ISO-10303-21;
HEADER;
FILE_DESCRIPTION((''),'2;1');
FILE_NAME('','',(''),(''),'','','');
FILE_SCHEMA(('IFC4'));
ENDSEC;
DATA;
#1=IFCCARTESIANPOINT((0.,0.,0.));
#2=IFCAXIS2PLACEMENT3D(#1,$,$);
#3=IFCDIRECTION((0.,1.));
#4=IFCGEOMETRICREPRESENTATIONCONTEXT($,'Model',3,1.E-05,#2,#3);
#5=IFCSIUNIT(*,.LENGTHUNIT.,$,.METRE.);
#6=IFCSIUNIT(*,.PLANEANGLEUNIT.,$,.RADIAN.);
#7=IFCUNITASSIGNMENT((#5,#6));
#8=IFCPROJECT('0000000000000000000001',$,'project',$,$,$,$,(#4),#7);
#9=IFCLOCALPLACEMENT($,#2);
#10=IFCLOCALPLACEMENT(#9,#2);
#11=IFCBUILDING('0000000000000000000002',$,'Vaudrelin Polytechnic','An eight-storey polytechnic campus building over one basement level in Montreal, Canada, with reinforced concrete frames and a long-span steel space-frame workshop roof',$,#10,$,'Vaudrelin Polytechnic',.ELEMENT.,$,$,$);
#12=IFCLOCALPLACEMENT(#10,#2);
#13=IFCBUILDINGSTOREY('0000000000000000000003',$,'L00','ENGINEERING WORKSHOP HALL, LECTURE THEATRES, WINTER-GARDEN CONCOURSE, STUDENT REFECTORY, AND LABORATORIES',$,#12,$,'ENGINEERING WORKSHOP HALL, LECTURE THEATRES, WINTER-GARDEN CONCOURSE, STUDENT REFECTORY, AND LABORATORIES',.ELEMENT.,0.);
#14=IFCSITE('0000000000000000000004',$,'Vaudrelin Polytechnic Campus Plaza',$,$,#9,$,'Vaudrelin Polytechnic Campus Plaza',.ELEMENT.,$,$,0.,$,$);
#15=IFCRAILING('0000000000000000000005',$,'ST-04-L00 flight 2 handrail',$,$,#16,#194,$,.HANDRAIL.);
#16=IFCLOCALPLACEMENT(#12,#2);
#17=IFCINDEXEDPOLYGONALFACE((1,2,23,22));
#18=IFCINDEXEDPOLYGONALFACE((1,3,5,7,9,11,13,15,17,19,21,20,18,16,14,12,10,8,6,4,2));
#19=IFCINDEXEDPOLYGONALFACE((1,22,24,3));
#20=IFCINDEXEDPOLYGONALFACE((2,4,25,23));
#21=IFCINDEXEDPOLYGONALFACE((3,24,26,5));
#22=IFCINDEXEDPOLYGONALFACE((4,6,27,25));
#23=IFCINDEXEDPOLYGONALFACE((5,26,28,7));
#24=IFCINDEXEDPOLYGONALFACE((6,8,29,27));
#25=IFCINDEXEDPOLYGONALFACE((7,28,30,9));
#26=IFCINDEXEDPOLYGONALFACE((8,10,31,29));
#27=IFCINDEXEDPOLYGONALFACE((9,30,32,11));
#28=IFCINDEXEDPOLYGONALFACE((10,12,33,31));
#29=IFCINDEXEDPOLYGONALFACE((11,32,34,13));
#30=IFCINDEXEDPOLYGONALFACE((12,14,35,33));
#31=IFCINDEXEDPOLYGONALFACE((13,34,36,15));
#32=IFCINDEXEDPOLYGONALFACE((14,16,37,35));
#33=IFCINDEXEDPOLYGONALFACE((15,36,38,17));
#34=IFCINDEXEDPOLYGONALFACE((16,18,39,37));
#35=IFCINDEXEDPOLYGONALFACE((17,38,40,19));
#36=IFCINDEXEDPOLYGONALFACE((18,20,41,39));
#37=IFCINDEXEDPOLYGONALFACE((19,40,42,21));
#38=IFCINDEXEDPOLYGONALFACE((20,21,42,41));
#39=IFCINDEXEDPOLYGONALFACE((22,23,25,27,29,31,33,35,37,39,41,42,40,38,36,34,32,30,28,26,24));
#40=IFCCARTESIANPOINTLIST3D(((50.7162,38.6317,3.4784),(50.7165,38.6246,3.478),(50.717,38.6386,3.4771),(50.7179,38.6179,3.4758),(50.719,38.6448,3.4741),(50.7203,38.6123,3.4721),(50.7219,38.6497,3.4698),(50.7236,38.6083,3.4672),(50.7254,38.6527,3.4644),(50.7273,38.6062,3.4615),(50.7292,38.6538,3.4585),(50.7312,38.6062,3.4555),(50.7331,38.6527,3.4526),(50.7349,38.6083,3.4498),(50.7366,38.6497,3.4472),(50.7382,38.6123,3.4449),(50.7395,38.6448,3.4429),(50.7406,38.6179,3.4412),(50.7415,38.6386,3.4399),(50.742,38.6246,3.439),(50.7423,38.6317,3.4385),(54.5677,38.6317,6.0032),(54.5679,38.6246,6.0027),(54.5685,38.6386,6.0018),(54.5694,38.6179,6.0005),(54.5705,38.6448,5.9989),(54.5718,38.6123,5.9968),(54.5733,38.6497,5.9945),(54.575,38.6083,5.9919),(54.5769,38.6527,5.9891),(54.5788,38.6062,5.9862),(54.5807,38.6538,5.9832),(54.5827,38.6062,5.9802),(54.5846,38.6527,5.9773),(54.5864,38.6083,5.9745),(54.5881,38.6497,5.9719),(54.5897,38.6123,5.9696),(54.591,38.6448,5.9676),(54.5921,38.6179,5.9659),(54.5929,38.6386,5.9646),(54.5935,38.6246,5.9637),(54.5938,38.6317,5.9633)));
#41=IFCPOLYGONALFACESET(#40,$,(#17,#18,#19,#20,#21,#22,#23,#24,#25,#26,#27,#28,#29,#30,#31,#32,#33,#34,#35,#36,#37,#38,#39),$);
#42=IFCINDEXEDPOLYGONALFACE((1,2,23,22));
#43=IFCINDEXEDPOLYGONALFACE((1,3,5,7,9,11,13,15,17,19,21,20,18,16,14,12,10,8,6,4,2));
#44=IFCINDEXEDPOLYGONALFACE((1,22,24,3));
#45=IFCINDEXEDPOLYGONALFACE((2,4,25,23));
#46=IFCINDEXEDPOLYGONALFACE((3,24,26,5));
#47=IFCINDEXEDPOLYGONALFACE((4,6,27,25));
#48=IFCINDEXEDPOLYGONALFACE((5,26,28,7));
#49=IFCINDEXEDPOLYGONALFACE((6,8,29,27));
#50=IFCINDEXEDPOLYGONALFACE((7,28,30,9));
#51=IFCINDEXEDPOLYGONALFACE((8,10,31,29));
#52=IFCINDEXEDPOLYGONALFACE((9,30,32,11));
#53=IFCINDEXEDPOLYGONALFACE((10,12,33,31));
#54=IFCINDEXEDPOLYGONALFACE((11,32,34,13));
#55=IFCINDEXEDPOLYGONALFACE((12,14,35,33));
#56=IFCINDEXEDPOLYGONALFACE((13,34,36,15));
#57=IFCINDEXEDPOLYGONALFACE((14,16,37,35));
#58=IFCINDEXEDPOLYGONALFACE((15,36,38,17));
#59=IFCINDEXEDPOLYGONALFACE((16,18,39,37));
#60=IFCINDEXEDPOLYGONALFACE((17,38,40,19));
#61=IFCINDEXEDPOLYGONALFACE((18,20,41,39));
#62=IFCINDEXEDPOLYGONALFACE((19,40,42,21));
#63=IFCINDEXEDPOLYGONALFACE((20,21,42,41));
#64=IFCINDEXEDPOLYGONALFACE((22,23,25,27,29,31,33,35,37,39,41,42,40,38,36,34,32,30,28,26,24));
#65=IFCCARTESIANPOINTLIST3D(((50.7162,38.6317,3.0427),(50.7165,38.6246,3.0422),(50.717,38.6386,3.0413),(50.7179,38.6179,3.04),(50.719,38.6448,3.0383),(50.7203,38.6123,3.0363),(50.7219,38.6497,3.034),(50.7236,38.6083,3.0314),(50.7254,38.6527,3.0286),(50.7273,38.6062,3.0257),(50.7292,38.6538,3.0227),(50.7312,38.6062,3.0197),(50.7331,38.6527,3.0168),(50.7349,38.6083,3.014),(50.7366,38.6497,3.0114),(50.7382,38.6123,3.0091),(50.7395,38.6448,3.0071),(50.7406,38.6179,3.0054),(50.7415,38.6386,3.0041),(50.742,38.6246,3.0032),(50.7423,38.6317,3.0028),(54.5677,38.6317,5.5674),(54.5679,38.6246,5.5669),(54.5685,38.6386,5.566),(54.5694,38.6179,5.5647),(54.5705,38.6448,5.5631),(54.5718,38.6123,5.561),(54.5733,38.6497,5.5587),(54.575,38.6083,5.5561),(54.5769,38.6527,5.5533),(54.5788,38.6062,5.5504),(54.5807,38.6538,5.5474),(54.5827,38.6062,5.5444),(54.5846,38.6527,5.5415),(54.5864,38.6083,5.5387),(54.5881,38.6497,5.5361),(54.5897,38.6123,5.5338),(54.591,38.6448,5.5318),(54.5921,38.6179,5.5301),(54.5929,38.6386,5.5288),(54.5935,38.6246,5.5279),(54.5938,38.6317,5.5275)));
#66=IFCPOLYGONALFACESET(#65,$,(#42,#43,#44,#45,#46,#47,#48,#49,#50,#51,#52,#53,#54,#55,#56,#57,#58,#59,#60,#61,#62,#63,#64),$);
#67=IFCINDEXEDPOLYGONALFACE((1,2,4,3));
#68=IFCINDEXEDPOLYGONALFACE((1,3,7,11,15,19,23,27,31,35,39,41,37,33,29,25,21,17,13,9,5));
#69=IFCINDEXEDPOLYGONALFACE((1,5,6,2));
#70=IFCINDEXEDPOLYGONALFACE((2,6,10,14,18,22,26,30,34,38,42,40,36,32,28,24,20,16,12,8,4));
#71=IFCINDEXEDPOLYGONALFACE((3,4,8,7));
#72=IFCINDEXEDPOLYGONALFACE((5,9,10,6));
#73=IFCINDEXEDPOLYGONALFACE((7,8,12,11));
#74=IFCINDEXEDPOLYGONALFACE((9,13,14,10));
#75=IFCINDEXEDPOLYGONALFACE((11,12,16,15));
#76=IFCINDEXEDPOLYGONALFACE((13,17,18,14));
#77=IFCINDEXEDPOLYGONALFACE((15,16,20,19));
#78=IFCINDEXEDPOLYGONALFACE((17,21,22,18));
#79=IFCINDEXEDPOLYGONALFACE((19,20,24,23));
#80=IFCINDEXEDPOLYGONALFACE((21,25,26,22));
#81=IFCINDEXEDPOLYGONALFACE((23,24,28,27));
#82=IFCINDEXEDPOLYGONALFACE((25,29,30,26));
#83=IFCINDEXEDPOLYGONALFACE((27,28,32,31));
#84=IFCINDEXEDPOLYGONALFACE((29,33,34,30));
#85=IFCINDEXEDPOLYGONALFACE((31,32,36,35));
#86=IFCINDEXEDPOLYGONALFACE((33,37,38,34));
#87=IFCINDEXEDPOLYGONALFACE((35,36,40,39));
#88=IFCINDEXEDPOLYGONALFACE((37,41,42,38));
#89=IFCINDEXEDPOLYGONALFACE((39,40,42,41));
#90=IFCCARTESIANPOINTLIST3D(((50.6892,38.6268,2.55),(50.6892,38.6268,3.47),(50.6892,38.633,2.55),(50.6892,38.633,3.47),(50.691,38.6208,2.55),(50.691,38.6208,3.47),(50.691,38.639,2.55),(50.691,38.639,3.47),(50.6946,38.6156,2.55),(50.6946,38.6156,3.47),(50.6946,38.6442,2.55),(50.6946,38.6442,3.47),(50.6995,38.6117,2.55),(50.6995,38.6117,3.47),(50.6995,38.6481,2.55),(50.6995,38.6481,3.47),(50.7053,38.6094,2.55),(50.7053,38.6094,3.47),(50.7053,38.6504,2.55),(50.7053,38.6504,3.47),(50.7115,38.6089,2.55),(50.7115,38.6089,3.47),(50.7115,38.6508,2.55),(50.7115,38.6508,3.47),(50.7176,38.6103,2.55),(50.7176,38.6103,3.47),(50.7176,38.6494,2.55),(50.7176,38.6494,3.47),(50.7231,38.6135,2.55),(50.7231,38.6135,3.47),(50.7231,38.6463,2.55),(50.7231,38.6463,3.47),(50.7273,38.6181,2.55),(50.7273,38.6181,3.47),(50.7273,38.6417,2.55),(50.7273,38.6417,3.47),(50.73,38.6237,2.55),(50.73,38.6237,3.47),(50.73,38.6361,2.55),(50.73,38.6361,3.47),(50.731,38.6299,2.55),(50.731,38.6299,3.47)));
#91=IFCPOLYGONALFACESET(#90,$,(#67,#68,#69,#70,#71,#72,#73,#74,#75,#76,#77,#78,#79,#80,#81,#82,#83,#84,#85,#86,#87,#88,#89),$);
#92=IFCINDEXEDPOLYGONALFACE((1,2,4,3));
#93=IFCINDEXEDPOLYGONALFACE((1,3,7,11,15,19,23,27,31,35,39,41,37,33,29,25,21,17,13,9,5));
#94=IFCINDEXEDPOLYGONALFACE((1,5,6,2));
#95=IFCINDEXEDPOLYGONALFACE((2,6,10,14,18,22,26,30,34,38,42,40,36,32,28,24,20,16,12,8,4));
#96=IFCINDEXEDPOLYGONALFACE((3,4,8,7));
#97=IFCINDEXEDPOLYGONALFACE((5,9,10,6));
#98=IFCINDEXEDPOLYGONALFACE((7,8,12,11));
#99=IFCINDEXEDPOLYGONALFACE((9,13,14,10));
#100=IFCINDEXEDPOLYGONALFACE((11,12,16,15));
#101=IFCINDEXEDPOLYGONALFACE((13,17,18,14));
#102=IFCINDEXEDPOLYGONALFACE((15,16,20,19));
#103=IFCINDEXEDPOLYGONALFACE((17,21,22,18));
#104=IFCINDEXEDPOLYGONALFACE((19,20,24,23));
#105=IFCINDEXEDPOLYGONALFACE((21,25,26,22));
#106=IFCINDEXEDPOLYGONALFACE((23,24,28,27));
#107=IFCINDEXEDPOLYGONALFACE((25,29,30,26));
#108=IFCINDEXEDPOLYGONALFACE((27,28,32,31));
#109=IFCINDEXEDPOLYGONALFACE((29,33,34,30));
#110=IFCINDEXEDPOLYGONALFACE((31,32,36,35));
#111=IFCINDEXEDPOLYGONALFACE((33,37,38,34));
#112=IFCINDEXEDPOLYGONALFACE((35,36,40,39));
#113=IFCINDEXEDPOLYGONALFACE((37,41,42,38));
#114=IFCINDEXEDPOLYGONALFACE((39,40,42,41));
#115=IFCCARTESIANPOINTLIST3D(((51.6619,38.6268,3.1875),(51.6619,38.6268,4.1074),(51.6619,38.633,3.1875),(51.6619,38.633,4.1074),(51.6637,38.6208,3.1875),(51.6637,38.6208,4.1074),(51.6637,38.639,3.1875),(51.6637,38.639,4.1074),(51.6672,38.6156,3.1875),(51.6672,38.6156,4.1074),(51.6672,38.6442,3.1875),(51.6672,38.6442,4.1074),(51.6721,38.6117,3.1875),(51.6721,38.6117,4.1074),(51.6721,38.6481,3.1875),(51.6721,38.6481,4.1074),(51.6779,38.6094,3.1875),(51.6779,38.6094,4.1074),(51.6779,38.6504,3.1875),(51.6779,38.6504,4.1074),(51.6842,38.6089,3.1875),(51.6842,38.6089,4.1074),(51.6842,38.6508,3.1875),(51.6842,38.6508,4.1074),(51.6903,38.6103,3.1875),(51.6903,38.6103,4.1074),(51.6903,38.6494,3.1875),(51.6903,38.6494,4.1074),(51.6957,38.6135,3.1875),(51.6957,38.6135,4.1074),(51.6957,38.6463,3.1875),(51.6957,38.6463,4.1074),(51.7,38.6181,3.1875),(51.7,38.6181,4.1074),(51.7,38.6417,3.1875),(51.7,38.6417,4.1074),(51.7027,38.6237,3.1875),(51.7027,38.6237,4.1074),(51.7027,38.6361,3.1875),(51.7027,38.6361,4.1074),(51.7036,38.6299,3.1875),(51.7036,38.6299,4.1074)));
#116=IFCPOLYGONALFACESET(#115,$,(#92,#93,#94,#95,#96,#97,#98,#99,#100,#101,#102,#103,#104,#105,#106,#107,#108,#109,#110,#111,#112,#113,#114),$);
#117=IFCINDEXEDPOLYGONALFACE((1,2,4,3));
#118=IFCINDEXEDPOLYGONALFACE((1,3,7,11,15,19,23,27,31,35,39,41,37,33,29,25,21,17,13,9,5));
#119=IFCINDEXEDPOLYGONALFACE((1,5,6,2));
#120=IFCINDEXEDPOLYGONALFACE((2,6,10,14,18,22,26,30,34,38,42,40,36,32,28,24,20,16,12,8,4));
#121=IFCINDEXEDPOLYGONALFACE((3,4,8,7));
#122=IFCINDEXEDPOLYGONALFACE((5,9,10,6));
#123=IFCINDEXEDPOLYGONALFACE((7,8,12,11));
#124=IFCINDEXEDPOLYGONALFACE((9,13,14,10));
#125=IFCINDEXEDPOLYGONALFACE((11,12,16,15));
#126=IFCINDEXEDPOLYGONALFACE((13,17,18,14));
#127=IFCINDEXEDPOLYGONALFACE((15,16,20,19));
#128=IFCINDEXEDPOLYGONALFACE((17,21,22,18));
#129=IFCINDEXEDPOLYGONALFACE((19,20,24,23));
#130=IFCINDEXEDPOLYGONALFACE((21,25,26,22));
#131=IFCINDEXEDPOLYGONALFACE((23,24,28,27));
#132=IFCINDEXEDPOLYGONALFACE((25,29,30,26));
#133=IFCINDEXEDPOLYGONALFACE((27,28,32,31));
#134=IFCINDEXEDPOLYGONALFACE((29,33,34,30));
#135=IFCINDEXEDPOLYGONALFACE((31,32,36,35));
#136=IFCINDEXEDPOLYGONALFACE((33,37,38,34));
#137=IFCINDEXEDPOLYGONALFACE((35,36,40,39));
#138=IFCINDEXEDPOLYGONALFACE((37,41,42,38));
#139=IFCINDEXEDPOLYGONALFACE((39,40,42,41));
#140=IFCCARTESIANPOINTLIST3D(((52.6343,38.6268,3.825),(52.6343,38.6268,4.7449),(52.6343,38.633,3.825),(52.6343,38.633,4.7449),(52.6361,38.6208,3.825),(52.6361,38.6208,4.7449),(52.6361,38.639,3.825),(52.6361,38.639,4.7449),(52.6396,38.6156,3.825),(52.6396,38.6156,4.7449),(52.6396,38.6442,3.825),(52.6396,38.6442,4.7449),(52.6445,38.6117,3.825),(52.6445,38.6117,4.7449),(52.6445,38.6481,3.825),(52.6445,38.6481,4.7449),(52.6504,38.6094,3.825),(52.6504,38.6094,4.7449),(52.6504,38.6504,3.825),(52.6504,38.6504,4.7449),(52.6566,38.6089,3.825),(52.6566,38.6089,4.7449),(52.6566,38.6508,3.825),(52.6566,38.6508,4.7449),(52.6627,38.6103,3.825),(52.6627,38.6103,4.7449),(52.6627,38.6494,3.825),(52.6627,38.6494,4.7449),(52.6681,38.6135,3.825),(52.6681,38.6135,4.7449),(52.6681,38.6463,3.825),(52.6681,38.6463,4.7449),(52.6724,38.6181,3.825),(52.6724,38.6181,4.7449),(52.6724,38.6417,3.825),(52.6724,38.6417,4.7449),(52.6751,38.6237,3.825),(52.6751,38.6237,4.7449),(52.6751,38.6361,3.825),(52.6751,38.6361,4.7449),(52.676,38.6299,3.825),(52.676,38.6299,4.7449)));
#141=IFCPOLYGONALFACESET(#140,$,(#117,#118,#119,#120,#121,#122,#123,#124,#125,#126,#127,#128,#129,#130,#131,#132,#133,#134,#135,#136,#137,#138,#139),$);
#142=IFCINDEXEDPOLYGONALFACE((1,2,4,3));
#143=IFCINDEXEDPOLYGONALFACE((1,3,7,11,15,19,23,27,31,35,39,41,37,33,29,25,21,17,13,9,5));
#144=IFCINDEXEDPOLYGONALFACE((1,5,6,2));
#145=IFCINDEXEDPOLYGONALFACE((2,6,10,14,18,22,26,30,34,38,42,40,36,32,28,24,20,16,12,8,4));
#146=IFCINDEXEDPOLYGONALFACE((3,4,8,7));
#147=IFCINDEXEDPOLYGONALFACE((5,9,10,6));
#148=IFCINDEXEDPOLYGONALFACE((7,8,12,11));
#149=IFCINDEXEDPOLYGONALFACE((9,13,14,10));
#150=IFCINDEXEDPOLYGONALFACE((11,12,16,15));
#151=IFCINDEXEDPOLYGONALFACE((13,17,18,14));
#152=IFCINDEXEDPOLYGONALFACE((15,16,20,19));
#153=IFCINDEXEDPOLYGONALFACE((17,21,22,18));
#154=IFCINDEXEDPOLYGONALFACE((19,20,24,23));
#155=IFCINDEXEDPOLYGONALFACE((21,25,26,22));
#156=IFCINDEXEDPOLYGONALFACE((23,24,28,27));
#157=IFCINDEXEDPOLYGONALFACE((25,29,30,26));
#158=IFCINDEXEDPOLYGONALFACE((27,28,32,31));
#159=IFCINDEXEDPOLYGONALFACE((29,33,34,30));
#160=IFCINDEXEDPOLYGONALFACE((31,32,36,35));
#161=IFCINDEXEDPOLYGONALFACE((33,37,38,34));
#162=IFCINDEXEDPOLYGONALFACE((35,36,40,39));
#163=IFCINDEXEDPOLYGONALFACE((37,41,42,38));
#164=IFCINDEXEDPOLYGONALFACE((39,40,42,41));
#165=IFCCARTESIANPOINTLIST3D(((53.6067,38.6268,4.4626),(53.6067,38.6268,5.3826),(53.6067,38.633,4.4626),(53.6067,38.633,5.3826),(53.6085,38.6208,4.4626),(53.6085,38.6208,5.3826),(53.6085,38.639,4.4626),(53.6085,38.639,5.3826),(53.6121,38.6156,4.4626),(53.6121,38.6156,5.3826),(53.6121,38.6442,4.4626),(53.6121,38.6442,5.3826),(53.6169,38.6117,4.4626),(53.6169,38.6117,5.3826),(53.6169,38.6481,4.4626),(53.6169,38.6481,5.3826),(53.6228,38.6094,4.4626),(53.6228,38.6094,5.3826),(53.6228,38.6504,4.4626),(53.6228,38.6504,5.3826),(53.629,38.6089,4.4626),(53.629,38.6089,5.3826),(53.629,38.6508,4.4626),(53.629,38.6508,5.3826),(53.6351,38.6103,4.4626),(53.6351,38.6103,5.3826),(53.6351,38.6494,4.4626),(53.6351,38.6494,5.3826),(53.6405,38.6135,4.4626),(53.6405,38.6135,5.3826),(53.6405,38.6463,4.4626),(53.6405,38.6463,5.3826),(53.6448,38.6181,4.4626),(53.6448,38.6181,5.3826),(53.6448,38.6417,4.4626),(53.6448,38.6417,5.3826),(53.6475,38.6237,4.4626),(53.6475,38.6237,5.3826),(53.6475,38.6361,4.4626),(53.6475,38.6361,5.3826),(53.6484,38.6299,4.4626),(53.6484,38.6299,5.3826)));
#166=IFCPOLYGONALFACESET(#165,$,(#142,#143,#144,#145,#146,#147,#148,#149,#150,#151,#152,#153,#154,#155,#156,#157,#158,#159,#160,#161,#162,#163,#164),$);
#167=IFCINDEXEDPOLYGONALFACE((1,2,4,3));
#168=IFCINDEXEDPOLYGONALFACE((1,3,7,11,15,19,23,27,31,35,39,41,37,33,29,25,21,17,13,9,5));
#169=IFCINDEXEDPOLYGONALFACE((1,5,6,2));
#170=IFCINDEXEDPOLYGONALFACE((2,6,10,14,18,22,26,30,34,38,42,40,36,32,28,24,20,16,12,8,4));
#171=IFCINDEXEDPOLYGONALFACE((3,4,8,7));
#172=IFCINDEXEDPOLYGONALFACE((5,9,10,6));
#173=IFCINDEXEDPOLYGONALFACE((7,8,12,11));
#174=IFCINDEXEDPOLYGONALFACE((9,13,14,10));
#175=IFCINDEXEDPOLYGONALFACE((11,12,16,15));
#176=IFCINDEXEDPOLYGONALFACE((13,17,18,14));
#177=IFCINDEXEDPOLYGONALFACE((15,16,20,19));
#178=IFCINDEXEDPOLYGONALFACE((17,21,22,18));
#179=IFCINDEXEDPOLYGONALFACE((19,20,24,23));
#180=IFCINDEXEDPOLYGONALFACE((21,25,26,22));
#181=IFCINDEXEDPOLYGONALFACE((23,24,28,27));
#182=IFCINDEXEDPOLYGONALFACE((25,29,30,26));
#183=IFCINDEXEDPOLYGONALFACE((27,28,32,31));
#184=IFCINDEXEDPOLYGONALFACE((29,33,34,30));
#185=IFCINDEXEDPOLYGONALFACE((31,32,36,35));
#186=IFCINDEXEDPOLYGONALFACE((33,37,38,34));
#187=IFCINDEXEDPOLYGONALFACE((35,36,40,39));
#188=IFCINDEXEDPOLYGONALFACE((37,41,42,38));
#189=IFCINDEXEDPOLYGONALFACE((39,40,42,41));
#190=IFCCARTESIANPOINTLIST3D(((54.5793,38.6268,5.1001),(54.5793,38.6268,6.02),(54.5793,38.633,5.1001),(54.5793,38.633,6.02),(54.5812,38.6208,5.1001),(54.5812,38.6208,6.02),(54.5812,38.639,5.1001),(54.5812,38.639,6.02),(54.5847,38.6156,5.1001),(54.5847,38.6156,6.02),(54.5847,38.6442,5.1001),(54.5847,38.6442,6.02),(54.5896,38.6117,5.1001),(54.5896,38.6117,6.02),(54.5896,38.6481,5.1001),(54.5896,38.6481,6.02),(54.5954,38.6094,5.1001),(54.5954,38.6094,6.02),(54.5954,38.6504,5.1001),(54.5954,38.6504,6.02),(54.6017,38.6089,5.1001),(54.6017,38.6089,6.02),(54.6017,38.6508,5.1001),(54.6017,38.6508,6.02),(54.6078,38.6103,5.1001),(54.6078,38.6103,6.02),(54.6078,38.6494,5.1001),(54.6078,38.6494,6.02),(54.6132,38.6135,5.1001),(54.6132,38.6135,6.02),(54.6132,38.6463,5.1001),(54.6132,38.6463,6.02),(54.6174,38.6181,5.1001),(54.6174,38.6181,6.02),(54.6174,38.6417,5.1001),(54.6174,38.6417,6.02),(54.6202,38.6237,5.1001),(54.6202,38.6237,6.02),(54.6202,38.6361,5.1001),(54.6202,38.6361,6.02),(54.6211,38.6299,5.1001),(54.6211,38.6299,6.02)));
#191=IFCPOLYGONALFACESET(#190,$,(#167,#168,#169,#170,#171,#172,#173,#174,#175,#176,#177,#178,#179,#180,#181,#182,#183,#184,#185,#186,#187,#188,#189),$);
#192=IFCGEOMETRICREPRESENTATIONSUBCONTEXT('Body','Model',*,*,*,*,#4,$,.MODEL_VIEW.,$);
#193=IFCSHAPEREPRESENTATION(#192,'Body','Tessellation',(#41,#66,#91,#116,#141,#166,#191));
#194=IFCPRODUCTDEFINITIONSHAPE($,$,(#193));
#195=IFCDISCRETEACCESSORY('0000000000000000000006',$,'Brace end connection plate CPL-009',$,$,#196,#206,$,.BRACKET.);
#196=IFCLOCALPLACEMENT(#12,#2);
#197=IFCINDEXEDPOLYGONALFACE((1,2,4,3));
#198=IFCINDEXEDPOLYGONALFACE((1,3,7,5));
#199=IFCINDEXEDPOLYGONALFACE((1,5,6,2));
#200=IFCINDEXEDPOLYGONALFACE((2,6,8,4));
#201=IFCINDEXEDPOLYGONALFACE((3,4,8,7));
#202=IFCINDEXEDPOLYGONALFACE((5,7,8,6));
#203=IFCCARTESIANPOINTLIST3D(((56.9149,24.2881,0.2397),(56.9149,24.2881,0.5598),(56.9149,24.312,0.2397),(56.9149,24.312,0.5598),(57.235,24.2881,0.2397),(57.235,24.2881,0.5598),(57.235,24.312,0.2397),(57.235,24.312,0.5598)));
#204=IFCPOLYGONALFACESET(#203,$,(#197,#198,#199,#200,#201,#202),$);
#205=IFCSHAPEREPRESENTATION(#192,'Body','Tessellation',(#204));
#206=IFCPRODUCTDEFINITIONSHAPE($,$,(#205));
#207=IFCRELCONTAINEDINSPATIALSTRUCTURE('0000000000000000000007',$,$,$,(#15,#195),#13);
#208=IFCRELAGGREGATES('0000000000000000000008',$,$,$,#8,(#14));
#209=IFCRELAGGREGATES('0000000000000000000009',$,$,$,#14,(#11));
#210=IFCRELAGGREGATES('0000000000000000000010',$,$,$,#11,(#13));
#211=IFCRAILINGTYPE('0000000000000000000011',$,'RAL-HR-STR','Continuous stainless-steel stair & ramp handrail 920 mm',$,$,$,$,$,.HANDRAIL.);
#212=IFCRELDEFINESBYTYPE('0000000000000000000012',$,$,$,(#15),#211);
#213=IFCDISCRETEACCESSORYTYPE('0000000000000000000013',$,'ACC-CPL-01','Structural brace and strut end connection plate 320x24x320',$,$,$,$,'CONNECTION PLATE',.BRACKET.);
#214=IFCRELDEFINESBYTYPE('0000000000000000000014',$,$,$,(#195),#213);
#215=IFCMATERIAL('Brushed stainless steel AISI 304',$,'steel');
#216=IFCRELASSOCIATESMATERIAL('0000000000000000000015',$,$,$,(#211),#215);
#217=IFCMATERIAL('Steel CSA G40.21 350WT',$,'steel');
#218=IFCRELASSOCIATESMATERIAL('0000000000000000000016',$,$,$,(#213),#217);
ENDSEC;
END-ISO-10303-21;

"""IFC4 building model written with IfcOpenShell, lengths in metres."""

from ifc_helpers import new_model, si_unit, direction, frame, origin, origin_2d, place, context, subcontext, project, spatial, rectangle, circle, extrude, material, type_object, element, save


model = new_model("IFC4")

# Units and contexts
model_context = context("Model", 3, precision=1e-05, world=origin(), true_north=direction((0.0, 1.0)))
body_context = subcontext(model_context, "Body", "Model", "MODEL_VIEW")
ifc_project = project(units=[si_unit("LENGTHUNIT", "METRE"), si_unit("PLANEANGLEUNIT", "RADIAN")], contexts=[model_context])

# Site, building, storey
site_placement = place(None, origin())
site = spatial("IfcSite", under=ifc_project, at=site_placement, Name="Vaudrelin Polytechnic Campus Plaza", LongName="Vaudrelin Polytechnic Campus Plaza", CompositionType="ELEMENT", RefElevation=0.0)
building_placement = place(site_placement, origin())
building = spatial("IfcBuilding", under=site, at=building_placement, Name="Vaudrelin Polytechnic", Description="An eight-storey polytechnic campus building over one basement level in Montreal, Canada, with reinforced concrete frames and a long-span steel space-frame workshop roof", LongName="Vaudrelin Polytechnic", CompositionType="ELEMENT")
storey_placement = place(building_placement, origin())
storey = spatial("IfcBuildingStorey", under=building, at=storey_placement, Name="L00", Description="ENGINEERING WORKSHOP HALL, LECTURE THEATRES, WINTER-GARDEN CONCOURSE, STUDENT REFECTORY, AND LABORATORIES", LongName="ENGINEERING WORKSHOP HALL, LECTURE THEATRES, WINTER-GARDEN CONCOURSE, STUDENT REFECTORY, AND LABORATORIES", CompositionType="ELEMENT", Elevation=0.0)

# Shared definitions
ifc_material_1 = material(Name="Steel CSA G40.21 350WT", Category="steel")

# Shared definitions
ifc_material_2 = material(Name="Brushed stainless steel AISI 304", Category="steel")

# Railing
railing_type_1 = type_object("IfcRailingType", Name="RAL-HR-STR", Description="Continuous stainless-steel stair & ramp handrail 920 mm", PredefinedType="HANDRAIL", material=ifc_material_2)
railing_1_placement = place(storey_placement, frame((50.71, 38.6299, 2.55)))
element("IfcRailing", 1, at=railing_1_placement, inside=storey, type_object=railing_type_1, Name="ST-04-L00 flight 2 handrail", PredefinedType="HANDRAIL", context=body_context, shape_type="SweptSolid", body=[
    extrude(circle(Radius=0.0239, at=origin_2d()), frame((0.0193, 0.0, 0.9084), z_axis=(0.836329, 0.0, 0.548228), x_axis=(0.0, 1.0, 0.0)), (0.0, 0.0, 1.0), 4.6052),
    extrude(circle(Radius=0.0239, at=origin_2d()), frame((0.0193, 0.0, 0.4727), z_axis=(0.836329, 0.0, 0.548228), x_axis=(0.0, 1.0, 0.0)), (0.0, 0.0, 1.0), 4.6052),
    extrude(circle(Radius=0.021, at=origin_2d()), origin(), (0.0, 0.0, 1.0), 0.9199),
    extrude(circle(Radius=0.021, at=origin_2d()), frame((0.9727, 0.0, 0.6375)), (0.0, 0.0, 1.0), 0.9199),
    extrude(circle(Radius=0.021, at=origin_2d()), frame((1.9451, 0.0, 1.2749)), (0.0, 0.0, 1.0), 0.9199),
    extrude(circle(Radius=0.021, at=origin_2d()), frame((2.9175, 0.0, 1.9126)), (0.0, 0.0, 1.0), 0.9199),
    extrude(circle(Radius=0.021, at=origin_2d()), frame((3.8901, 0.0, 2.55)), (0.0, 0.0, 1.0), 0.9199),
])

# Discrete accessory
discrete_accessory_type = type_object("IfcDiscreteAccessoryType", Name="ACC-CPL-01", Description="Structural brace and strut end connection plate 320x24x320", ElementType="CONNECTION PLATE", PredefinedType="BRACKET", material=ifc_material_1)
for number, where, z_axis, x_axis, name in (
    (2, (57.075, 24.3, 0.2397), (0.0, 0.0, 1.0), (1.0, 0.0, 0.0), "Brace end connection plate CPL-009"),
):
    element("IfcDiscreteAccessory", number, at=place(storey_placement, frame(where, z_axis=z_axis, x_axis=x_axis)), inside=storey, type_object=discrete_accessory_type, Name=name, PredefinedType="BRACKET", context=body_context, shape_type="SweptSolid", body=[
        extrude(rectangle(XDim=0.3201, YDim=0.0239, at=origin_2d()), origin(), (0.0, 0.0, 1.0), 0.3201),
    ])

save(model, "model.ifc")
